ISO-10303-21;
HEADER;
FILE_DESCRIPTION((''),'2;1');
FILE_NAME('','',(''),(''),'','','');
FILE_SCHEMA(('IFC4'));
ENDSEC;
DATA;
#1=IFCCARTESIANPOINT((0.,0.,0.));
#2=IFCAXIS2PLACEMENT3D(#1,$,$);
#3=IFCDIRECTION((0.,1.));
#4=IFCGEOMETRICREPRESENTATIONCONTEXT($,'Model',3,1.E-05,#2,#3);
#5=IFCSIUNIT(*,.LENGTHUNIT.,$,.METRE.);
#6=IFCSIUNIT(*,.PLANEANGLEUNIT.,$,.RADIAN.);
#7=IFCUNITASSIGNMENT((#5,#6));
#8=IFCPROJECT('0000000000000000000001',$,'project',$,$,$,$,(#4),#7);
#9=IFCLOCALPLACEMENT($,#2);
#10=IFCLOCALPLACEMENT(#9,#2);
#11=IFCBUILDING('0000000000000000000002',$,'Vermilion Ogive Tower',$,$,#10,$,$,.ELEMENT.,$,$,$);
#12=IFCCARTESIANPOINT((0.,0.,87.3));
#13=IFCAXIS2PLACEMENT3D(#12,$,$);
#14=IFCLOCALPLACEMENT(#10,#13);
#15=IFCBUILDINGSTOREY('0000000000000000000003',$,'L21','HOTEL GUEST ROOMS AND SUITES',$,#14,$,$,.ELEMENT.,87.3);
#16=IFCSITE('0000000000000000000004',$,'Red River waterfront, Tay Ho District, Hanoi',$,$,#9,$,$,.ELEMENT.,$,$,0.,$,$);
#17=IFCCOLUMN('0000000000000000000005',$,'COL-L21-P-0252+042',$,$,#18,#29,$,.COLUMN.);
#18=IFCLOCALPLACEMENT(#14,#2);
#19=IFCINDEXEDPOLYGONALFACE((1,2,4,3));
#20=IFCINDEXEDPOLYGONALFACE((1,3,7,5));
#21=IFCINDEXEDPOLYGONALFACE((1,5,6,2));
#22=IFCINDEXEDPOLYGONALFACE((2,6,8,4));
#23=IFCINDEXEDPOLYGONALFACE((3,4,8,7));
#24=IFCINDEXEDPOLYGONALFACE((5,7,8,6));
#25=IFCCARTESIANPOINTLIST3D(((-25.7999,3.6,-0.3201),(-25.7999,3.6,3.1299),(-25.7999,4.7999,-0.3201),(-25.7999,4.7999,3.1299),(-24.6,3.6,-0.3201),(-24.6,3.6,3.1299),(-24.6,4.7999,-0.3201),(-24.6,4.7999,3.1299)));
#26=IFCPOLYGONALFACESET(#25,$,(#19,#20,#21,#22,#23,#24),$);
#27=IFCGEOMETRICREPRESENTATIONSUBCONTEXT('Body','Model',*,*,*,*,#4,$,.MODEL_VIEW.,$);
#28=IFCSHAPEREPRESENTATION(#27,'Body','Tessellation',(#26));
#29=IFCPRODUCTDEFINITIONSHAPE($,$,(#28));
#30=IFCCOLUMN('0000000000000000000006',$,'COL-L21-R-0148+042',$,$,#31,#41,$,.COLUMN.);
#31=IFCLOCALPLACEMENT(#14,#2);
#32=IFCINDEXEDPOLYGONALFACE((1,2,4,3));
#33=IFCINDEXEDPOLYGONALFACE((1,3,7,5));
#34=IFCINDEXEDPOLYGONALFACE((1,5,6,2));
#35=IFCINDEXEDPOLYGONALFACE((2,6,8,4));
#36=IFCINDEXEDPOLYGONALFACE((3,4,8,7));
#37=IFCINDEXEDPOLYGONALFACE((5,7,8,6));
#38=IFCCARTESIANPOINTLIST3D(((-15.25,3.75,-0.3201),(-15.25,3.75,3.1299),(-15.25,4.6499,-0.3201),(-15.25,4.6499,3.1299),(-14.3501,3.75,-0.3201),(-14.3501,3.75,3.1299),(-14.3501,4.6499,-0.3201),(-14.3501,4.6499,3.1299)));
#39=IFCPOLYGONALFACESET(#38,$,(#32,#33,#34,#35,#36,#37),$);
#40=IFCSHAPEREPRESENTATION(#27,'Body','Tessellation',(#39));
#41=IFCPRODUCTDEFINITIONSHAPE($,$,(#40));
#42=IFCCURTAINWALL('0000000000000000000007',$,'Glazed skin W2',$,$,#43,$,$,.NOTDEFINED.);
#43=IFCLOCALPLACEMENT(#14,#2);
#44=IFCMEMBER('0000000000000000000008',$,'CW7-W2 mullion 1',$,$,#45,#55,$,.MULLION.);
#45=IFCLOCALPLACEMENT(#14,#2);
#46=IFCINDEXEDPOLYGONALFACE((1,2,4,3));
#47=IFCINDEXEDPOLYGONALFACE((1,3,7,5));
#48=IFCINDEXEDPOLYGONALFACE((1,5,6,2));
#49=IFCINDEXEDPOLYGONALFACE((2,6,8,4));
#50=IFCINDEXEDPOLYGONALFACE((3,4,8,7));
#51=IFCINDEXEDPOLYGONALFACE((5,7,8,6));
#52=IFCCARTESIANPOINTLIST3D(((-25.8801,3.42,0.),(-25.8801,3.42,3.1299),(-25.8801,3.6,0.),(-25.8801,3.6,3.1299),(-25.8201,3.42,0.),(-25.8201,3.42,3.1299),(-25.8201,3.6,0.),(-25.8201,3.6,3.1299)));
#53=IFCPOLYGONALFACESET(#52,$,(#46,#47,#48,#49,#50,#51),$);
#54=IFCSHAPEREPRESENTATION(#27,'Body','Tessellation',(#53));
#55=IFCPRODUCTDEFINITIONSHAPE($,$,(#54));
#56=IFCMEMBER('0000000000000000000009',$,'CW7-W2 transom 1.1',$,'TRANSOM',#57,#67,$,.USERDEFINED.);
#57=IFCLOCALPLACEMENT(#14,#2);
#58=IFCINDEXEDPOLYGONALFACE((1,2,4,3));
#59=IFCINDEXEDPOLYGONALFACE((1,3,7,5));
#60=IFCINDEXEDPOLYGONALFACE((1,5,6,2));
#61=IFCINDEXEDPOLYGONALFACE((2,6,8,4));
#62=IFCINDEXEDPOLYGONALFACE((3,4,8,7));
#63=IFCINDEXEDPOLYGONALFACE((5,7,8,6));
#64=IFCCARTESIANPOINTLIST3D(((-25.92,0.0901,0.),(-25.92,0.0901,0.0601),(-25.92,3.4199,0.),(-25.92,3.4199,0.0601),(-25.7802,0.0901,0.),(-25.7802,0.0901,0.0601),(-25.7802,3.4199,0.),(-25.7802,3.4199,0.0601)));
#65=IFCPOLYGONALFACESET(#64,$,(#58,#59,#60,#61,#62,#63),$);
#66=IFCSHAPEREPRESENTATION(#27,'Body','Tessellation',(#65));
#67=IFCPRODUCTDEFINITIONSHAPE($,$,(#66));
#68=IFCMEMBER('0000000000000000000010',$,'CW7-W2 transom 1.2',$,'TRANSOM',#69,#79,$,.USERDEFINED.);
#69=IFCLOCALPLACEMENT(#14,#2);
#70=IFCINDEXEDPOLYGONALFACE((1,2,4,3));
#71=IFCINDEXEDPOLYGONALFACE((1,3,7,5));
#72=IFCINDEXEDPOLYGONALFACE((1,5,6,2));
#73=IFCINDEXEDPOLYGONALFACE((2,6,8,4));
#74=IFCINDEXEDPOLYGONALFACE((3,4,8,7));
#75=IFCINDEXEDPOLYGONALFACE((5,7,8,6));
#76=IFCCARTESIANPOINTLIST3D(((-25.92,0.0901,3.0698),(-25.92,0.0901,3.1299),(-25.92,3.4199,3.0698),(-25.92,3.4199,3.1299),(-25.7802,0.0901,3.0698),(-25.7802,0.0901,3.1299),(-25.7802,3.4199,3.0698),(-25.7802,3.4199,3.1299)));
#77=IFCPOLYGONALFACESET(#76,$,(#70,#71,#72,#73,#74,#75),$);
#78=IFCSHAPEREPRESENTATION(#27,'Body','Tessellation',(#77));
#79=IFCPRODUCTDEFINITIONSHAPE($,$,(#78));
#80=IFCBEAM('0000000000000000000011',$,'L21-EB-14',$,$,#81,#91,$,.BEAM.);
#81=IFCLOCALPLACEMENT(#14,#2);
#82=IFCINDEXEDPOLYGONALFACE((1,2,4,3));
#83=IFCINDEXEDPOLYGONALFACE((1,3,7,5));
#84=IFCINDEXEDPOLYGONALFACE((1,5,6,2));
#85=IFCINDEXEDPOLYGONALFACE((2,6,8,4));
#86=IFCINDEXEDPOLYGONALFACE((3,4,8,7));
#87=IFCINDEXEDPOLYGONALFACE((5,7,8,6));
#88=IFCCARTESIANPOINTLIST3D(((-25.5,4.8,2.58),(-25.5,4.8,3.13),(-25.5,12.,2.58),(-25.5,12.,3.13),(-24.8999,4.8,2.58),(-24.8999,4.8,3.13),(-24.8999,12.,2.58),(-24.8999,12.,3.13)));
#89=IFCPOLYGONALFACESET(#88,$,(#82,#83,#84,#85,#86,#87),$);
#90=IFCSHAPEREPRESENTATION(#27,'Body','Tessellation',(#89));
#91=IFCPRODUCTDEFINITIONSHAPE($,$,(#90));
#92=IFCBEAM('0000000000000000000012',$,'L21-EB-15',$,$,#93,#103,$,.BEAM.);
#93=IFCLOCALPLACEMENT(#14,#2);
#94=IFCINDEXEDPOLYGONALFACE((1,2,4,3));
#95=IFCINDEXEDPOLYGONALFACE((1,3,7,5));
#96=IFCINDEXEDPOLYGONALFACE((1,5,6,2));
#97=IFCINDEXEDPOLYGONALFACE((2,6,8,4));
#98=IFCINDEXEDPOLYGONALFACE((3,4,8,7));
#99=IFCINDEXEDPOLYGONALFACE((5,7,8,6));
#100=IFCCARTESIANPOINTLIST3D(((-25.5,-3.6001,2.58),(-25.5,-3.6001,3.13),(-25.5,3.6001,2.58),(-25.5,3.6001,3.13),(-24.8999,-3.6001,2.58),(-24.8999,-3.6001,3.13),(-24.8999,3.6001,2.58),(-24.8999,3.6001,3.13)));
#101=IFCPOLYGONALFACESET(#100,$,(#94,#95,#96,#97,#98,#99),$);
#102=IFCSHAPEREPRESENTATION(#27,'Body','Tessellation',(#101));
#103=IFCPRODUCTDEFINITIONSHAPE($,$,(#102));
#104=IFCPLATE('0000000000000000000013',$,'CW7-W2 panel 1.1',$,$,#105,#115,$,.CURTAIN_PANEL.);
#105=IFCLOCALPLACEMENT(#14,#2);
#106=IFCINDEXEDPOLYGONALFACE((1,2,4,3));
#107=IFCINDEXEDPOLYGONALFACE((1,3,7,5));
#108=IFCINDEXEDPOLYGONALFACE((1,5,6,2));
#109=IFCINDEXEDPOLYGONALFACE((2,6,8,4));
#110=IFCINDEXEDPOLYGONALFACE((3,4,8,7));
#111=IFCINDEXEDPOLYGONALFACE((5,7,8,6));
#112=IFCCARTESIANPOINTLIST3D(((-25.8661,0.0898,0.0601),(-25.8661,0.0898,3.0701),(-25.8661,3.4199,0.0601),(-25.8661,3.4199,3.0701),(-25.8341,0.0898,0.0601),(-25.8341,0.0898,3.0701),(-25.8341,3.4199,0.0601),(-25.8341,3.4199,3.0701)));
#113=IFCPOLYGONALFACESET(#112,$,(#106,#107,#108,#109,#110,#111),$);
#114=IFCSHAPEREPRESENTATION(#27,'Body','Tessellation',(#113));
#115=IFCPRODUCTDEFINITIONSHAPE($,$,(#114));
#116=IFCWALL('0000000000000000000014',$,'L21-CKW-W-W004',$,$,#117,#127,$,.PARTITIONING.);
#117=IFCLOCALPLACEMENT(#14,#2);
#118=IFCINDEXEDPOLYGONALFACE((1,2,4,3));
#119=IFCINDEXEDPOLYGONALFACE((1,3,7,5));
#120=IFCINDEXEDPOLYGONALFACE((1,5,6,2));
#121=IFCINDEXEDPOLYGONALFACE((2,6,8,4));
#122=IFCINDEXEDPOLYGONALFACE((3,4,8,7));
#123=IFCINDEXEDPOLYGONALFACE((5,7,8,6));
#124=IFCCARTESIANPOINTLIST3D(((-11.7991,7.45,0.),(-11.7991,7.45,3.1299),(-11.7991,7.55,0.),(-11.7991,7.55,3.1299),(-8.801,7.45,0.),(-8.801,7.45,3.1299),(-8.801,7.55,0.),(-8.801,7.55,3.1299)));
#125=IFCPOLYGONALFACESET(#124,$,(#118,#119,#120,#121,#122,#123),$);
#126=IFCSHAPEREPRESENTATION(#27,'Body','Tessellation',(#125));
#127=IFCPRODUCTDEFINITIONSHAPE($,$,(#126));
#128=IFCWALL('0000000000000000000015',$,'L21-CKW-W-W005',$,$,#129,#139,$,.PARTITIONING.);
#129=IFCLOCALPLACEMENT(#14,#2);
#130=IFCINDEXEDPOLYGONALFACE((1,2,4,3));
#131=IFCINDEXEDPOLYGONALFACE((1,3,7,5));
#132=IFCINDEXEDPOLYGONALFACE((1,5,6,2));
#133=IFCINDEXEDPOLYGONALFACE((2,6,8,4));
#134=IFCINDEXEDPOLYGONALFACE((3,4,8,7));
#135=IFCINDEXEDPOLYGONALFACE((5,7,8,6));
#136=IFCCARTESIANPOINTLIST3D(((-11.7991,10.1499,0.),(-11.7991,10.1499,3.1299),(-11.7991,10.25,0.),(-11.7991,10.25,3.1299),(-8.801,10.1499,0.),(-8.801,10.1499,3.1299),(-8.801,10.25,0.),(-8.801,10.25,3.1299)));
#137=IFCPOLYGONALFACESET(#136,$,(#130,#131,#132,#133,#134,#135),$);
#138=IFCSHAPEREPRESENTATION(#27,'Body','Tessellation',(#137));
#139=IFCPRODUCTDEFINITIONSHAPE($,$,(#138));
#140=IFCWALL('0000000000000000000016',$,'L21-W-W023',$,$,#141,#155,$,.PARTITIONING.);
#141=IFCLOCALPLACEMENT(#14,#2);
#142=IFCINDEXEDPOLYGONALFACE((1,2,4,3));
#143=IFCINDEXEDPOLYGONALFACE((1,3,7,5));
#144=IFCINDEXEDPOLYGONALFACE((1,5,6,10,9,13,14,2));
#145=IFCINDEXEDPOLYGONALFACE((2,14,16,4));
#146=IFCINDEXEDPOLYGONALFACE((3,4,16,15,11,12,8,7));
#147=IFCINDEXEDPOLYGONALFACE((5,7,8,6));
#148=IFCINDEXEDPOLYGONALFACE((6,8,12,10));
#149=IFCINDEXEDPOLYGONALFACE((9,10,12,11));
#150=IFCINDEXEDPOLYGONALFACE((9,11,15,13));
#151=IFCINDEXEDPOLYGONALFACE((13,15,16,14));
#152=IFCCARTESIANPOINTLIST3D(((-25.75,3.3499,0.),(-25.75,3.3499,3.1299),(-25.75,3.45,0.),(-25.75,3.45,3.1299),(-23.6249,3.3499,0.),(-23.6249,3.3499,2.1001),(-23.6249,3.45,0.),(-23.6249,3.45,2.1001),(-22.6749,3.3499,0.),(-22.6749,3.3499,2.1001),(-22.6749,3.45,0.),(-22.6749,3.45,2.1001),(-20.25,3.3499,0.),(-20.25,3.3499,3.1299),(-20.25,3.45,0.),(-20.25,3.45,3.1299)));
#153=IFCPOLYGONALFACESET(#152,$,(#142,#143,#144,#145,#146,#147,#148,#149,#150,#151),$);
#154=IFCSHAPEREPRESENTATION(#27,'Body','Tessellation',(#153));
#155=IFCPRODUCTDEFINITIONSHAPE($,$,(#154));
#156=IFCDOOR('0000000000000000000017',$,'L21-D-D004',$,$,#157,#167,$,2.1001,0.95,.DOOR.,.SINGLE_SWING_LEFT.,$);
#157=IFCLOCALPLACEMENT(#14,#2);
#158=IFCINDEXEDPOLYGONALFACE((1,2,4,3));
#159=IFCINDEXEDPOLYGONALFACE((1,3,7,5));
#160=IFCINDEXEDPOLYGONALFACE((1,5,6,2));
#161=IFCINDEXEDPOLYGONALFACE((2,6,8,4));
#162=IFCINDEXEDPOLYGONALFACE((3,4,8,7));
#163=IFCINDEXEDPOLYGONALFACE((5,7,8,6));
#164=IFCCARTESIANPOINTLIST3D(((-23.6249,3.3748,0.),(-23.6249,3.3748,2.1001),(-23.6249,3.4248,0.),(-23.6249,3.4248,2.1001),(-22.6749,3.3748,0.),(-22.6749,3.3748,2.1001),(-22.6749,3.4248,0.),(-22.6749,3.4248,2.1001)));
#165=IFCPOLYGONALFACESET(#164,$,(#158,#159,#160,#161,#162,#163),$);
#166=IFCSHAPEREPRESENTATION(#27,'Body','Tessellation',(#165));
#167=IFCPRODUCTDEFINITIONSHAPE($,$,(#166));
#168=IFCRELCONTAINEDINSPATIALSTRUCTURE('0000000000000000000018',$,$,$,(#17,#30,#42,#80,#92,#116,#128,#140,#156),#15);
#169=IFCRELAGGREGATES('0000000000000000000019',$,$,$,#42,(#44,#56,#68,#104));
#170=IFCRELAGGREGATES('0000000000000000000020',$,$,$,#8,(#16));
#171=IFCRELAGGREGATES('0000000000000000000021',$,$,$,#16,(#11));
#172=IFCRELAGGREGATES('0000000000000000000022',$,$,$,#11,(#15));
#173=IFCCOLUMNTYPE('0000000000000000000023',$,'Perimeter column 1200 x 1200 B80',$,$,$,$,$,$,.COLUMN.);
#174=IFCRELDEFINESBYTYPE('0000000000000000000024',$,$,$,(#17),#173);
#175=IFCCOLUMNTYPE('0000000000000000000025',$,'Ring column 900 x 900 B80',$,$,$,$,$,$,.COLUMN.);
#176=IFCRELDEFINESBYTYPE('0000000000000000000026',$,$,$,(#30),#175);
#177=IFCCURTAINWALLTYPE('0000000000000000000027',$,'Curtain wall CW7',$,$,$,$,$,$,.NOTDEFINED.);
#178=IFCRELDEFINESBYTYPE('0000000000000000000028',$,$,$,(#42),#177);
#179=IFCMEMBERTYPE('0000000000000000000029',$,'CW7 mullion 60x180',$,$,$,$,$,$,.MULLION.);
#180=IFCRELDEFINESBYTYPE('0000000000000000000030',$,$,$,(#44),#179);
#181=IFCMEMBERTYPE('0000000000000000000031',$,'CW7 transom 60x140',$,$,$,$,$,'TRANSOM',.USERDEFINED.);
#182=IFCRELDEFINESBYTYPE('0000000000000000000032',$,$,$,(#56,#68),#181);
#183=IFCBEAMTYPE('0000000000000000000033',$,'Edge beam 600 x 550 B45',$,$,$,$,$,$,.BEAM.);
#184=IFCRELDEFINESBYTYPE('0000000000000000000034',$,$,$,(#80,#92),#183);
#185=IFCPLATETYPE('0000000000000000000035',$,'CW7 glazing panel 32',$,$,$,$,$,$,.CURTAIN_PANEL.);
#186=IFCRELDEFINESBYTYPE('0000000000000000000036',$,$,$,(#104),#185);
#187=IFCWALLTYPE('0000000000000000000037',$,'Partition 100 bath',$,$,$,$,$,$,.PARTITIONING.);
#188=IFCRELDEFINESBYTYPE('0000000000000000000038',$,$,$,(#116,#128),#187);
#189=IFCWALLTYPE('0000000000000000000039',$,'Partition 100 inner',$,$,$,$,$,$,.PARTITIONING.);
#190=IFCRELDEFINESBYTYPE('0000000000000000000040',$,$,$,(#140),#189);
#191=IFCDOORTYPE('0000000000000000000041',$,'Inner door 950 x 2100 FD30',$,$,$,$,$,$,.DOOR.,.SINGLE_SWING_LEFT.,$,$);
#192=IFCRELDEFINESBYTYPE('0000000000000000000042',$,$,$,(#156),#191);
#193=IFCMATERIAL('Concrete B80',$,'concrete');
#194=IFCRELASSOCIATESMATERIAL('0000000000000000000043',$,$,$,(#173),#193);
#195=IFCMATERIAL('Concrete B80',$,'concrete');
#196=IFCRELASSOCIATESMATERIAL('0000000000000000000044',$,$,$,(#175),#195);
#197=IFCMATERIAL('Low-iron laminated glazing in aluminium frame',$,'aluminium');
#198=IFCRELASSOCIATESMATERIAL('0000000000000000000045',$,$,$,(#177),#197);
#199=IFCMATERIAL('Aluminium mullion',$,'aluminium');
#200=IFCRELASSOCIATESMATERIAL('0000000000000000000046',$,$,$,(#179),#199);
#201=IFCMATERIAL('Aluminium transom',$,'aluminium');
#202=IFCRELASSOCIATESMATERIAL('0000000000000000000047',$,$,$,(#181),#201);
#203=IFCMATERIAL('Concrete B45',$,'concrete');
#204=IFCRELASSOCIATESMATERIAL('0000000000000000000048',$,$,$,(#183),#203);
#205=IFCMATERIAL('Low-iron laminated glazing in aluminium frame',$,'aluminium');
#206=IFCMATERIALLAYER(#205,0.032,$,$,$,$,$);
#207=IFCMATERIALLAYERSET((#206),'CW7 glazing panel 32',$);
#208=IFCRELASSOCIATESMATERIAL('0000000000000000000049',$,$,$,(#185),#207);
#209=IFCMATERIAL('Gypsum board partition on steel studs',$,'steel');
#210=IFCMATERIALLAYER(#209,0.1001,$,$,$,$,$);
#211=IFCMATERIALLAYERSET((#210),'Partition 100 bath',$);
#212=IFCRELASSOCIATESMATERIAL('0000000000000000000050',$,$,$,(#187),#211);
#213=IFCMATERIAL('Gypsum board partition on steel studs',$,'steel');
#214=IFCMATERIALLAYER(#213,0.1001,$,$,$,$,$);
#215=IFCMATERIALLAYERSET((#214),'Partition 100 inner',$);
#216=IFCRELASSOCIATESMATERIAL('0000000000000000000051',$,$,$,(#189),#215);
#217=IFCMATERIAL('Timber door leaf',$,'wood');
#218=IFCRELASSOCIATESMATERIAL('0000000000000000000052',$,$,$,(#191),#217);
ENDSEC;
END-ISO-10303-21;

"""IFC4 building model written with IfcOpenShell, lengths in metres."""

from ifc_helpers import new_model, si_unit, direction, frame, frame_2d, origin, origin_2d, place, context, subcontext, project, spatial, rectangle, extrude, material, layer, layer_set, material_profile, profile_set, type_object, element, fill, aggregate, save


model = new_model("IFC4")

# Units and contexts
model_context = context("Model", 3, precision=1e-05, world=origin(), true_north=direction((0.0, 1.0)))
body_context = subcontext(model_context, "Body", "Model", "MODEL_VIEW")
ifc_project = project(units=[si_unit("LENGTHUNIT", "METRE"), si_unit("PLANEANGLEUNIT", "RADIAN")], contexts=[model_context])

# Site, building, storey
site_placement = place(None, origin())
site = spatial("IfcSite", under=ifc_project, at=site_placement, Name="Red River waterfront, Tay Ho District, Hanoi", CompositionType="ELEMENT", RefElevation=0.0)
building_placement = place(site_placement, origin())
building = spatial("IfcBuilding", under=site, at=building_placement, Name="Vermilion Ogive Tower", CompositionType="ELEMENT")
storey_placement = place(building_placement, frame((0.0, 0.0, 87.3)))
storey = spatial("IfcBuildingStorey", under=building, at=storey_placement, Name="L21", Description="HOTEL GUEST ROOMS AND SUITES", CompositionType="ELEMENT", Elevation=87.3)

# Columns
ifc_material_1 = material(Name="Concrete B80", Category="concrete")
ifc_material_profile_1 = material_profile(ifc_material_1, rectangle(XDim=1.2, YDim=1.2, at=origin_2d()), Name="1200 x 1200")
ifc_profile_set_1 = profile_set([ifc_material_profile_1], Name="Concrete B80")
column_type_1 = type_object("IfcColumnType", Name="Perimeter column 1200 x 1200 B80", PredefinedType="COLUMN", material=ifc_profile_set_1)
column_1_placement = place(storey_placement, frame((-25.2, 4.2, -0.3201), z_axis=(0.0, 0.0, 1.0), x_axis=(1.0, 0.0, 0.0)))
element("IfcColumn", 1, at=column_1_placement, inside=storey, type_object=column_type_1, Name="COL-L21-P-0252+042", PredefinedType="COLUMN", context=body_context, shape_type="SweptSolid", body=[
    extrude(rectangle(XDim=1.2, YDim=1.2, at=origin_2d()), origin(), (0.0, 0.0, 1.0), 3.45),
])
ifc_material_2 = material(Name="Concrete B80", Category="concrete")
ifc_material_profile_2 = material_profile(ifc_material_2, rectangle(XDim=0.8999, YDim=0.8999, at=origin_2d()), Name="900 x 900")
ifc_profile_set_2 = profile_set([ifc_material_profile_2], Name="Concrete B80")
column_type_2 = type_object("IfcColumnType", Name="Ring column 900 x 900 B80", PredefinedType="COLUMN", material=ifc_profile_set_2)
column_2_placement = place(storey_placement, frame((-14.8, 4.2, -0.3201), z_axis=(0.0, 0.0, 1.0), x_axis=(1.0, 0.0, 0.0)))
element("IfcColumn", 2, at=column_2_placement, inside=storey, type_object=column_type_2, Name="COL-L21-R-0148+042", PredefinedType="COLUMN", context=body_context, shape_type="SweptSolid", body=[
    extrude(rectangle(XDim=0.8999, YDim=0.8999, at=origin_2d()), origin(), (0.0, 0.0, 1.0), 3.45),
])

# Curtain wall, members
ifc_material_3 = material(Name="Low-iron laminated glazing in aluminium frame", Category="aluminium")
curtain_wall_type = type_object("IfcCurtainWallType", Name="Curtain wall CW7", PredefinedType="NOTDEFINED", material=ifc_material_3)
curtain_wall_placement = place(storey_placement, origin())
curtain_wall = element("IfcCurtainWall", 3, at=curtain_wall_placement, inside=storey, type_object=curtain_wall_type, Name="Glazed skin W2", PredefinedType="NOTDEFINED")
ifc_material_4 = material(Name="Aluminium mullion", Category="aluminium")
ifc_material_profile_3 = material_profile(ifc_material_4, rectangle(XDim=0.0601, YDim=0.1799, at=origin_2d()), Name="AL 60x180")
ifc_profile_set_3 = profile_set([ifc_material_profile_3], Name="Aluminium mullion")
member_type_1 = type_object("IfcMemberType", Name="CW7 mullion 60x180", PredefinedType="MULLION", material=ifc_profile_set_3)
member_1_placement = place(storey_placement, frame((-25.8501, 3.51, 0.0), z_axis=(0.0, 0.0, 1.0), x_axis=(1.0, 0.0, 0.0)))
member_1 = element("IfcMember", 4, at=member_1_placement, type_object=member_type_1, Name="CW7-W2 mullion 1", PredefinedType="MULLION", context=body_context, shape_type="SweptSolid", body=[
    extrude(rectangle(XDim=0.0601, YDim=0.1799, at=origin_2d()), origin(), (0.0, 0.0, 1.0), 3.1299),
])
ifc_material_5 = material(Name="Aluminium transom", Category="aluminium")
ifc_material_profile_4 = material_profile(ifc_material_5, rectangle(XDim=0.1399, YDim=0.0601, at=origin_2d()), Name="AL 60x140")
ifc_profile_set_4 = profile_set([ifc_material_profile_4], Name="Aluminium transom")
member_type_2 = type_object("IfcMemberType", Name="CW7 transom 60x140", ElementType="TRANSOM", PredefinedType="USERDEFINED", material=ifc_profile_set_4)
member_2_placement = place(storey_placement, frame((-25.8501, 3.4199, 0.03), z_axis=(0.0, -1.0, 0.0), x_axis=(1.0, 0.0, 0.0)))
member_2 = element("IfcMember", 5, at=member_2_placement, type_object=member_type_2, Name="CW7-W2 transom 1.1", ObjectType="TRANSOM", PredefinedType="USERDEFINED", context=body_context, shape_type="SweptSolid", body=[
    extrude(rectangle(XDim=0.1399, YDim=0.0601, at=origin_2d()), origin(), (0.0, 0.0, 1.0), 3.3298),
])
member_3_placement = place(storey_placement, frame((-25.8501, 3.4199, 3.0999), z_axis=(0.0, -1.0, 0.0), x_axis=(1.0, 0.0, 0.0)))
member_3 = element("IfcMember", 6, at=member_3_placement, type_object=member_type_2, Name="CW7-W2 transom 1.2", ObjectType="TRANSOM", PredefinedType="USERDEFINED", context=body_context, shape_type="SweptSolid", body=[
    extrude(rectangle(XDim=0.1399, YDim=0.0601, at=origin_2d()), origin(), (0.0, 0.0, 1.0), 3.3298),
])

# Beams
ifc_material_6 = material(Name="Concrete B45", Category="concrete")
ifc_material_profile_5 = material_profile(ifc_material_6, rectangle(XDim=0.6001, YDim=0.55, at=origin_2d()), Name="600 x 550")
ifc_profile_set_5 = profile_set([ifc_material_profile_5], Name="Concrete B45")
beam_type = type_object("IfcBeamType", Name="Edge beam 600 x 550 B45", PredefinedType="BEAM", material=ifc_profile_set_5)
beam_1_placement = place(storey_placement, frame((-25.2, 12.0, 2.855), z_axis=(0.0, -1.0, 0.0), x_axis=(1.0, 0.0, 0.0)))
element("IfcBeam", 7, at=beam_1_placement, inside=storey, type_object=beam_type, Name="L21-EB-14", PredefinedType="BEAM", context=body_context, shape_type="SweptSolid", body=[
    extrude(rectangle(XDim=0.6001, YDim=0.55, at=origin_2d()), origin(), (0.0, 0.0, 1.0), 7.2),
])
beam_2_placement = place(storey_placement, frame((-25.2, 3.6001, 2.855), z_axis=(0.0, -1.0, 0.0), x_axis=(1.0, 0.0, 0.0)))
element("IfcBeam", 8, at=beam_2_placement, inside=storey, type_object=beam_type, Name="L21-EB-15", PredefinedType="BEAM", context=body_context, shape_type="SweptSolid", body=[
    extrude(rectangle(XDim=0.6001, YDim=0.55, at=origin_2d()), origin(), (0.0, 0.0, 1.0), 7.2002),
])

# Plate
ifc_material_7 = material(Name="Low-iron laminated glazing in aluminium frame", Category="aluminium")
ifc_layer_1 = layer(ifc_material_7, 0.032)
ifc_layer_set_1 = layer_set([ifc_layer_1], Name="CW7 glazing panel 32")
plate_type = type_object("IfcPlateType", Name="CW7 glazing panel 32", PredefinedType="CURTAIN_PANEL", material=ifc_layer_set_1)
plate_placement = place(storey_placement, frame((-25.8501, 1.7549, 0.0601), z_axis=(0.0, 0.0, 1.0), x_axis=(0.0, -1.0, 0.0)))
plate = element("IfcPlate", 9, at=plate_placement, type_object=plate_type, Name="CW7-W2 panel 1.1", PredefinedType="CURTAIN_PANEL", context=body_context, shape_type="SweptSolid", body=[
    extrude(rectangle(XDim=3.3301, YDim=0.032, at=origin_2d()), origin(), (0.0, 0.0, 1.0), 3.01),
])
aggregate(curtain_wall, [member_1, member_2, member_3, plate])

# Walls
ifc_material_8 = material(Name="Gypsum board partition on steel studs", Category="steel")
ifc_layer_2 = layer(ifc_material_8, 0.1001)
ifc_layer_set_2 = layer_set([ifc_layer_2], Name="Partition 100 bath")
wall_type_1 = type_object("IfcWallType", Name="Partition 100 bath", PredefinedType="PARTITIONING", material=ifc_layer_set_2)
for number, where, z_axis, x_axis, name in (
    (10, (-11.7991, 7.5, 0.0), (0.0, 0.0, 1.0), (1.0, 0.0, 0.0), "L21-CKW-W-W004"),
    (11, (-11.7991, 10.2, 0.0), (0.0, 0.0, 1.0), (1.0, 0.0, 0.0), "L21-CKW-W-W005"),
):
    element("IfcWall", number, at=place(storey_placement, frame(where, z_axis=z_axis, x_axis=x_axis)), inside=storey, type_object=wall_type_1, Name=name, PredefinedType="PARTITIONING", context=body_context, shape_type="SweptSolid", body=[
        extrude(rectangle(XDim=2.998, YDim=0.1001, at=frame_2d((1.499, 0.0))), origin(), (0.0, 0.0, 1.0), 3.1299),
    ])

# Wall, opening, door
ifc_material_9 = material(Name="Gypsum board partition on steel studs", Category="steel")
ifc_layer_3 = layer(ifc_material_9, 0.1001)
ifc_layer_set_3 = layer_set([ifc_layer_3], Name="Partition 100 inner")
wall_type_2 = type_object("IfcWallType", Name="Partition 100 inner", PredefinedType="PARTITIONING", material=ifc_layer_set_3)
wall_1_placement = place(storey_placement, frame((-25.75, 3.3999, 0.0), z_axis=(0.0, 0.0, 1.0), x_axis=(1.0, 0.0, 0.0)))
wall_1 = element("IfcWall", 12, at=wall_1_placement, inside=storey, type_object=wall_type_2, Name="L21-W-W023", PredefinedType="PARTITIONING", context=body_context, shape_type="SweptSolid", body=[
    extrude(rectangle(XDim=5.5, YDim=0.1001, at=frame_2d((2.75, 0.0))), origin(), (0.0, 0.0, 1.0), 3.1299),
])
opening_1_placement = place(wall_1_placement, frame((2.125, 0.0, 0.0)))
opening_1 = element("IfcOpeningElement", 13, at=opening_1_placement, cuts=wall_1, PredefinedType="OPENING", context=body_context, shape_type="SweptSolid", body=[
    extrude(rectangle(XDim=0.95, YDim=2.1001, at=frame_2d((0.4751, 1.05))), frame((0.0, 0.0601, 0.0), z_axis=(0.0, -1.0, 0.0), x_axis=(1.0, 0.0, 0.0)), (0.0, 0.0, 1.0), 0.1201),
])
ifc_material_10 = material(Name="Timber door leaf", Category="wood")
door_type_1 = type_object("IfcDoorType", Name="Inner door 950 x 2100 FD30", OperationType="SINGLE_SWING_LEFT", PredefinedType="DOOR", material=ifc_material_10)
door_1_placement = place(opening_1_placement, origin())
door_1 = element("IfcDoor", 14, at=door_1_placement, inside=storey, type_object=door_type_1, Name="L21-D-D004", OperationType="SINGLE_SWING_LEFT", OverallHeight=2.1001, OverallWidth=0.95, PredefinedType="DOOR", context=body_context, shape_type="SweptSolid", body=[
    extrude(rectangle(XDim=0.95, YDim=2.1001, at=frame_2d((0.4751, 1.05))), frame((0.0, 0.0249, 0.0), z_axis=(0.0, -1.0, 0.0), x_axis=(1.0, 0.0, 0.0)), (0.0, 0.0, 1.0), 0.05),
])
fill(opening_1, door_1)

save(model, "model.ifc")
